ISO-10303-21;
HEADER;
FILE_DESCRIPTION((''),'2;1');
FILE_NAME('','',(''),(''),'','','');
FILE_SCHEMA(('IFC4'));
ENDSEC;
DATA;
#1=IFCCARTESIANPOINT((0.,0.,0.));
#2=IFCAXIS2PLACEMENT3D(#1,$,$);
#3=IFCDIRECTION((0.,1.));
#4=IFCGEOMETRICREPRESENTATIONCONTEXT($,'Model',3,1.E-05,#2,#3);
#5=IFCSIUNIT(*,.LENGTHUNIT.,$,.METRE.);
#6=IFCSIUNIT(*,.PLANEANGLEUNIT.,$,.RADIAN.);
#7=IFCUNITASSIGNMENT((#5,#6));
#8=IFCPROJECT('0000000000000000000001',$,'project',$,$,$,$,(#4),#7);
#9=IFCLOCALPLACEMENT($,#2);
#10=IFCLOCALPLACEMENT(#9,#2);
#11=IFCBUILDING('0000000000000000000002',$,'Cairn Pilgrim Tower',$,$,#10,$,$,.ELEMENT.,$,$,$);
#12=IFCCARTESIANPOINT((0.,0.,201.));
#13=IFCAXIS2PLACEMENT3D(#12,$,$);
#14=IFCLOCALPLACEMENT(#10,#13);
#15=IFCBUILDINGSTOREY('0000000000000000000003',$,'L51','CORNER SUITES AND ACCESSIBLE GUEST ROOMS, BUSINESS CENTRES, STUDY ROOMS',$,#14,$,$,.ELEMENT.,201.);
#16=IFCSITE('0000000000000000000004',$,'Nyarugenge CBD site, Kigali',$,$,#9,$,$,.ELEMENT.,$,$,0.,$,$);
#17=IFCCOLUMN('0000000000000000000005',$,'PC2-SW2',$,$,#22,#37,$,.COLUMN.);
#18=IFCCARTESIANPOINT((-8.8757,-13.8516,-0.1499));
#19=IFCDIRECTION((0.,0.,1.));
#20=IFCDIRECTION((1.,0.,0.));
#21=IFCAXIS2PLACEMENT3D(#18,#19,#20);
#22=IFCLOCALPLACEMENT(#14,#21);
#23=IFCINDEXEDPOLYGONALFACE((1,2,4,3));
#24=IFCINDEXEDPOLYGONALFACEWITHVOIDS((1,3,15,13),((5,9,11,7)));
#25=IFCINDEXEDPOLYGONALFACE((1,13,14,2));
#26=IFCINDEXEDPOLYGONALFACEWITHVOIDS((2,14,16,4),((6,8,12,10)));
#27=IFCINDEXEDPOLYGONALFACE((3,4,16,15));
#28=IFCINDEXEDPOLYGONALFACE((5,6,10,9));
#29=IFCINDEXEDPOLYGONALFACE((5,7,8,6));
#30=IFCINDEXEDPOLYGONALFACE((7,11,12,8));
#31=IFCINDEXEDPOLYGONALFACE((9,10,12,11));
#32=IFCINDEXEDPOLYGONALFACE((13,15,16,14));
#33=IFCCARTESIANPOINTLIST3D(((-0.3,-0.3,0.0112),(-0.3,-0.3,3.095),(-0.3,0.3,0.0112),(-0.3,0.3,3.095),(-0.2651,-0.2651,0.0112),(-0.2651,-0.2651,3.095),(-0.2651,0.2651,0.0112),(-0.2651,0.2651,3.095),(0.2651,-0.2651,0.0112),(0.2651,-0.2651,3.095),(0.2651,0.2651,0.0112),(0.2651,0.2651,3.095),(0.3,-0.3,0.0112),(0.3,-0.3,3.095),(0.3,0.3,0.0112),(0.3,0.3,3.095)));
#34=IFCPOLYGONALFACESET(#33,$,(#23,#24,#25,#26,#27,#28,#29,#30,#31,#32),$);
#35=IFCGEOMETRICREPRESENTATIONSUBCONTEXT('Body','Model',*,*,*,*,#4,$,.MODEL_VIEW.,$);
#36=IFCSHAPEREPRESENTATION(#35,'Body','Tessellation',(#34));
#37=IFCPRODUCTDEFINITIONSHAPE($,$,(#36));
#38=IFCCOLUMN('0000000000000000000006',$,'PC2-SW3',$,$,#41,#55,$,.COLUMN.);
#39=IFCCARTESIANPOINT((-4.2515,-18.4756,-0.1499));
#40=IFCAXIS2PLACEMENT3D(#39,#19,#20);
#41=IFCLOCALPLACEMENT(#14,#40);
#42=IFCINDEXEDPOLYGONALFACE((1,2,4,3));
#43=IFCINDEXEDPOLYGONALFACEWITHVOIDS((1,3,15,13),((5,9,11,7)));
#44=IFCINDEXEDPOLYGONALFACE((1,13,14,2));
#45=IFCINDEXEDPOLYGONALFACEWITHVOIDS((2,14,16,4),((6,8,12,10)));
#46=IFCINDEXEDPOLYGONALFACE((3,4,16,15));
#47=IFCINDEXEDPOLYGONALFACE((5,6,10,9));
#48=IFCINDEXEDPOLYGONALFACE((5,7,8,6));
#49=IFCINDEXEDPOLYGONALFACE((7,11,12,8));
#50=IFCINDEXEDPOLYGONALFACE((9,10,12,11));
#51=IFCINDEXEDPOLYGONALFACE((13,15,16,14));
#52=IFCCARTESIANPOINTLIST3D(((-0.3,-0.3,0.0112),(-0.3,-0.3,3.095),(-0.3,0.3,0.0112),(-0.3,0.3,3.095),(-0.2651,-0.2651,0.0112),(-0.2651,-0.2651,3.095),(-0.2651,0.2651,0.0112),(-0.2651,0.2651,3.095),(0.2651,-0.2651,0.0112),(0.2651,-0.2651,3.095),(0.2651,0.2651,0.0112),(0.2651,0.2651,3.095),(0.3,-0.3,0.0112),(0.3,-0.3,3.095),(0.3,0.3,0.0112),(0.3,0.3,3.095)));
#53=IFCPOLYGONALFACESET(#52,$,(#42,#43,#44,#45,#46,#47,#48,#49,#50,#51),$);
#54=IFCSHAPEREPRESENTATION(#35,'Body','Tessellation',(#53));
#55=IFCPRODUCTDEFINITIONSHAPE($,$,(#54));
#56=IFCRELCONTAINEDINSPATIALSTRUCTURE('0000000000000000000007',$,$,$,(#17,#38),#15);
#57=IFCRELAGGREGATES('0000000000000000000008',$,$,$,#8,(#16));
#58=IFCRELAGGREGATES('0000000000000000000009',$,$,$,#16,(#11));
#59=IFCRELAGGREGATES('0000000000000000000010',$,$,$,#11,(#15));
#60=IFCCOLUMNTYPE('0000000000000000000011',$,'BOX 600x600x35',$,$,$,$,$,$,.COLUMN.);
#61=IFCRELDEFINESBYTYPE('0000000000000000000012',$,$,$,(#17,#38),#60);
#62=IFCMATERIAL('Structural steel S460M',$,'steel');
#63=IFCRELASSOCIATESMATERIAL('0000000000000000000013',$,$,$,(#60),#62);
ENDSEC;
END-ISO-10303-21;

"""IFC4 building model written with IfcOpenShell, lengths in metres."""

from ifc_helpers import new_model, si_unit, direction, frame, origin, origin_2d, place, context, subcontext, project, spatial, hollow_rectangle, extrude, clip, halfspace, material, material_profile, profile_set, type_object, element, save


model = new_model("IFC4")

# Units and contexts
model_context = context("Model", 3, precision=1e-05, world=origin(), true_north=direction((0.0, 1.0)))
body_context = subcontext(model_context, "Body", "Model", "MODEL_VIEW")
ifc_project = project(units=[si_unit("LENGTHUNIT", "METRE"), si_unit("PLANEANGLEUNIT", "RADIAN")], contexts=[model_context])

# Site, building, storey
site_placement = place(None, origin())
site = spatial("IfcSite", under=ifc_project, at=site_placement, Name="Nyarugenge CBD site, Kigali", CompositionType="ELEMENT", RefElevation=0.0)
building_placement = place(site_placement, origin())
building = spatial("IfcBuilding", under=site, at=building_placement, Name="Cairn Pilgrim Tower", CompositionType="ELEMENT")
storey_placement = place(building_placement, frame((0.0, 0.0, 201.0)))
storey = spatial("IfcBuildingStorey", under=building, at=storey_placement, Name="L51", Description="CORNER SUITES AND ACCESSIBLE GUEST ROOMS, BUSINESS CENTRES, STUDY ROOMS", CompositionType="ELEMENT", Elevation=201.0)

# Columns
ifc_material_1 = material(Name="Structural steel S460M", Category="steel")
ifc_material_profile_1 = material_profile(ifc_material_1, hollow_rectangle(XDim=0.6001, YDim=0.6001, WallThickness=0.0349, at=origin_2d()), Name="BOX 600x600x35")
ifc_profile_set_1 = profile_set([ifc_material_profile_1], Name="Structural steel S460M")
column_type = type_object("IfcColumnType", Name="BOX 600x600x35", PredefinedType="COLUMN", material=ifc_profile_set_1)
for number, where, z_axis, x_axis, name in (
    (1, (-8.8757, -13.8516, -0.1499), (0.0, 0.0, 1.0), (1.0, 0.0, 0.0), "PC2-SW2"),
    (2, (-4.2515, -18.4756, -0.1499), (0.0, 0.0, 1.0), (1.0, 0.0, 0.0), "PC2-SW3"),
):
    element("IfcColumn", number, at=place(storey_placement, frame(where, z_axis=z_axis, x_axis=x_axis)), inside=storey, type_object=column_type, Name=name, PredefinedType="COLUMN", context=body_context, shape_type="Clipping", body=[
        clip(clip(extrude(hollow_rectangle(XDim=0.6001, YDim=0.6001, WallThickness=0.0349, at=origin_2d()), origin(), (0.0, 0.0, 1.0), 3.5), halfspace(frame((0.0, 0.0, 0.0112), z_axis=(0.0, 0.0, 1.0), x_axis=(1.0, 0.0, 0.0)), True)), halfspace(frame((0.0, 0.0, 3.095), z_axis=(0.0, 0.0, 1.0), x_axis=(1.0, 0.0, 0.0)), False)),
    ])

save(model, "model.ifc")
